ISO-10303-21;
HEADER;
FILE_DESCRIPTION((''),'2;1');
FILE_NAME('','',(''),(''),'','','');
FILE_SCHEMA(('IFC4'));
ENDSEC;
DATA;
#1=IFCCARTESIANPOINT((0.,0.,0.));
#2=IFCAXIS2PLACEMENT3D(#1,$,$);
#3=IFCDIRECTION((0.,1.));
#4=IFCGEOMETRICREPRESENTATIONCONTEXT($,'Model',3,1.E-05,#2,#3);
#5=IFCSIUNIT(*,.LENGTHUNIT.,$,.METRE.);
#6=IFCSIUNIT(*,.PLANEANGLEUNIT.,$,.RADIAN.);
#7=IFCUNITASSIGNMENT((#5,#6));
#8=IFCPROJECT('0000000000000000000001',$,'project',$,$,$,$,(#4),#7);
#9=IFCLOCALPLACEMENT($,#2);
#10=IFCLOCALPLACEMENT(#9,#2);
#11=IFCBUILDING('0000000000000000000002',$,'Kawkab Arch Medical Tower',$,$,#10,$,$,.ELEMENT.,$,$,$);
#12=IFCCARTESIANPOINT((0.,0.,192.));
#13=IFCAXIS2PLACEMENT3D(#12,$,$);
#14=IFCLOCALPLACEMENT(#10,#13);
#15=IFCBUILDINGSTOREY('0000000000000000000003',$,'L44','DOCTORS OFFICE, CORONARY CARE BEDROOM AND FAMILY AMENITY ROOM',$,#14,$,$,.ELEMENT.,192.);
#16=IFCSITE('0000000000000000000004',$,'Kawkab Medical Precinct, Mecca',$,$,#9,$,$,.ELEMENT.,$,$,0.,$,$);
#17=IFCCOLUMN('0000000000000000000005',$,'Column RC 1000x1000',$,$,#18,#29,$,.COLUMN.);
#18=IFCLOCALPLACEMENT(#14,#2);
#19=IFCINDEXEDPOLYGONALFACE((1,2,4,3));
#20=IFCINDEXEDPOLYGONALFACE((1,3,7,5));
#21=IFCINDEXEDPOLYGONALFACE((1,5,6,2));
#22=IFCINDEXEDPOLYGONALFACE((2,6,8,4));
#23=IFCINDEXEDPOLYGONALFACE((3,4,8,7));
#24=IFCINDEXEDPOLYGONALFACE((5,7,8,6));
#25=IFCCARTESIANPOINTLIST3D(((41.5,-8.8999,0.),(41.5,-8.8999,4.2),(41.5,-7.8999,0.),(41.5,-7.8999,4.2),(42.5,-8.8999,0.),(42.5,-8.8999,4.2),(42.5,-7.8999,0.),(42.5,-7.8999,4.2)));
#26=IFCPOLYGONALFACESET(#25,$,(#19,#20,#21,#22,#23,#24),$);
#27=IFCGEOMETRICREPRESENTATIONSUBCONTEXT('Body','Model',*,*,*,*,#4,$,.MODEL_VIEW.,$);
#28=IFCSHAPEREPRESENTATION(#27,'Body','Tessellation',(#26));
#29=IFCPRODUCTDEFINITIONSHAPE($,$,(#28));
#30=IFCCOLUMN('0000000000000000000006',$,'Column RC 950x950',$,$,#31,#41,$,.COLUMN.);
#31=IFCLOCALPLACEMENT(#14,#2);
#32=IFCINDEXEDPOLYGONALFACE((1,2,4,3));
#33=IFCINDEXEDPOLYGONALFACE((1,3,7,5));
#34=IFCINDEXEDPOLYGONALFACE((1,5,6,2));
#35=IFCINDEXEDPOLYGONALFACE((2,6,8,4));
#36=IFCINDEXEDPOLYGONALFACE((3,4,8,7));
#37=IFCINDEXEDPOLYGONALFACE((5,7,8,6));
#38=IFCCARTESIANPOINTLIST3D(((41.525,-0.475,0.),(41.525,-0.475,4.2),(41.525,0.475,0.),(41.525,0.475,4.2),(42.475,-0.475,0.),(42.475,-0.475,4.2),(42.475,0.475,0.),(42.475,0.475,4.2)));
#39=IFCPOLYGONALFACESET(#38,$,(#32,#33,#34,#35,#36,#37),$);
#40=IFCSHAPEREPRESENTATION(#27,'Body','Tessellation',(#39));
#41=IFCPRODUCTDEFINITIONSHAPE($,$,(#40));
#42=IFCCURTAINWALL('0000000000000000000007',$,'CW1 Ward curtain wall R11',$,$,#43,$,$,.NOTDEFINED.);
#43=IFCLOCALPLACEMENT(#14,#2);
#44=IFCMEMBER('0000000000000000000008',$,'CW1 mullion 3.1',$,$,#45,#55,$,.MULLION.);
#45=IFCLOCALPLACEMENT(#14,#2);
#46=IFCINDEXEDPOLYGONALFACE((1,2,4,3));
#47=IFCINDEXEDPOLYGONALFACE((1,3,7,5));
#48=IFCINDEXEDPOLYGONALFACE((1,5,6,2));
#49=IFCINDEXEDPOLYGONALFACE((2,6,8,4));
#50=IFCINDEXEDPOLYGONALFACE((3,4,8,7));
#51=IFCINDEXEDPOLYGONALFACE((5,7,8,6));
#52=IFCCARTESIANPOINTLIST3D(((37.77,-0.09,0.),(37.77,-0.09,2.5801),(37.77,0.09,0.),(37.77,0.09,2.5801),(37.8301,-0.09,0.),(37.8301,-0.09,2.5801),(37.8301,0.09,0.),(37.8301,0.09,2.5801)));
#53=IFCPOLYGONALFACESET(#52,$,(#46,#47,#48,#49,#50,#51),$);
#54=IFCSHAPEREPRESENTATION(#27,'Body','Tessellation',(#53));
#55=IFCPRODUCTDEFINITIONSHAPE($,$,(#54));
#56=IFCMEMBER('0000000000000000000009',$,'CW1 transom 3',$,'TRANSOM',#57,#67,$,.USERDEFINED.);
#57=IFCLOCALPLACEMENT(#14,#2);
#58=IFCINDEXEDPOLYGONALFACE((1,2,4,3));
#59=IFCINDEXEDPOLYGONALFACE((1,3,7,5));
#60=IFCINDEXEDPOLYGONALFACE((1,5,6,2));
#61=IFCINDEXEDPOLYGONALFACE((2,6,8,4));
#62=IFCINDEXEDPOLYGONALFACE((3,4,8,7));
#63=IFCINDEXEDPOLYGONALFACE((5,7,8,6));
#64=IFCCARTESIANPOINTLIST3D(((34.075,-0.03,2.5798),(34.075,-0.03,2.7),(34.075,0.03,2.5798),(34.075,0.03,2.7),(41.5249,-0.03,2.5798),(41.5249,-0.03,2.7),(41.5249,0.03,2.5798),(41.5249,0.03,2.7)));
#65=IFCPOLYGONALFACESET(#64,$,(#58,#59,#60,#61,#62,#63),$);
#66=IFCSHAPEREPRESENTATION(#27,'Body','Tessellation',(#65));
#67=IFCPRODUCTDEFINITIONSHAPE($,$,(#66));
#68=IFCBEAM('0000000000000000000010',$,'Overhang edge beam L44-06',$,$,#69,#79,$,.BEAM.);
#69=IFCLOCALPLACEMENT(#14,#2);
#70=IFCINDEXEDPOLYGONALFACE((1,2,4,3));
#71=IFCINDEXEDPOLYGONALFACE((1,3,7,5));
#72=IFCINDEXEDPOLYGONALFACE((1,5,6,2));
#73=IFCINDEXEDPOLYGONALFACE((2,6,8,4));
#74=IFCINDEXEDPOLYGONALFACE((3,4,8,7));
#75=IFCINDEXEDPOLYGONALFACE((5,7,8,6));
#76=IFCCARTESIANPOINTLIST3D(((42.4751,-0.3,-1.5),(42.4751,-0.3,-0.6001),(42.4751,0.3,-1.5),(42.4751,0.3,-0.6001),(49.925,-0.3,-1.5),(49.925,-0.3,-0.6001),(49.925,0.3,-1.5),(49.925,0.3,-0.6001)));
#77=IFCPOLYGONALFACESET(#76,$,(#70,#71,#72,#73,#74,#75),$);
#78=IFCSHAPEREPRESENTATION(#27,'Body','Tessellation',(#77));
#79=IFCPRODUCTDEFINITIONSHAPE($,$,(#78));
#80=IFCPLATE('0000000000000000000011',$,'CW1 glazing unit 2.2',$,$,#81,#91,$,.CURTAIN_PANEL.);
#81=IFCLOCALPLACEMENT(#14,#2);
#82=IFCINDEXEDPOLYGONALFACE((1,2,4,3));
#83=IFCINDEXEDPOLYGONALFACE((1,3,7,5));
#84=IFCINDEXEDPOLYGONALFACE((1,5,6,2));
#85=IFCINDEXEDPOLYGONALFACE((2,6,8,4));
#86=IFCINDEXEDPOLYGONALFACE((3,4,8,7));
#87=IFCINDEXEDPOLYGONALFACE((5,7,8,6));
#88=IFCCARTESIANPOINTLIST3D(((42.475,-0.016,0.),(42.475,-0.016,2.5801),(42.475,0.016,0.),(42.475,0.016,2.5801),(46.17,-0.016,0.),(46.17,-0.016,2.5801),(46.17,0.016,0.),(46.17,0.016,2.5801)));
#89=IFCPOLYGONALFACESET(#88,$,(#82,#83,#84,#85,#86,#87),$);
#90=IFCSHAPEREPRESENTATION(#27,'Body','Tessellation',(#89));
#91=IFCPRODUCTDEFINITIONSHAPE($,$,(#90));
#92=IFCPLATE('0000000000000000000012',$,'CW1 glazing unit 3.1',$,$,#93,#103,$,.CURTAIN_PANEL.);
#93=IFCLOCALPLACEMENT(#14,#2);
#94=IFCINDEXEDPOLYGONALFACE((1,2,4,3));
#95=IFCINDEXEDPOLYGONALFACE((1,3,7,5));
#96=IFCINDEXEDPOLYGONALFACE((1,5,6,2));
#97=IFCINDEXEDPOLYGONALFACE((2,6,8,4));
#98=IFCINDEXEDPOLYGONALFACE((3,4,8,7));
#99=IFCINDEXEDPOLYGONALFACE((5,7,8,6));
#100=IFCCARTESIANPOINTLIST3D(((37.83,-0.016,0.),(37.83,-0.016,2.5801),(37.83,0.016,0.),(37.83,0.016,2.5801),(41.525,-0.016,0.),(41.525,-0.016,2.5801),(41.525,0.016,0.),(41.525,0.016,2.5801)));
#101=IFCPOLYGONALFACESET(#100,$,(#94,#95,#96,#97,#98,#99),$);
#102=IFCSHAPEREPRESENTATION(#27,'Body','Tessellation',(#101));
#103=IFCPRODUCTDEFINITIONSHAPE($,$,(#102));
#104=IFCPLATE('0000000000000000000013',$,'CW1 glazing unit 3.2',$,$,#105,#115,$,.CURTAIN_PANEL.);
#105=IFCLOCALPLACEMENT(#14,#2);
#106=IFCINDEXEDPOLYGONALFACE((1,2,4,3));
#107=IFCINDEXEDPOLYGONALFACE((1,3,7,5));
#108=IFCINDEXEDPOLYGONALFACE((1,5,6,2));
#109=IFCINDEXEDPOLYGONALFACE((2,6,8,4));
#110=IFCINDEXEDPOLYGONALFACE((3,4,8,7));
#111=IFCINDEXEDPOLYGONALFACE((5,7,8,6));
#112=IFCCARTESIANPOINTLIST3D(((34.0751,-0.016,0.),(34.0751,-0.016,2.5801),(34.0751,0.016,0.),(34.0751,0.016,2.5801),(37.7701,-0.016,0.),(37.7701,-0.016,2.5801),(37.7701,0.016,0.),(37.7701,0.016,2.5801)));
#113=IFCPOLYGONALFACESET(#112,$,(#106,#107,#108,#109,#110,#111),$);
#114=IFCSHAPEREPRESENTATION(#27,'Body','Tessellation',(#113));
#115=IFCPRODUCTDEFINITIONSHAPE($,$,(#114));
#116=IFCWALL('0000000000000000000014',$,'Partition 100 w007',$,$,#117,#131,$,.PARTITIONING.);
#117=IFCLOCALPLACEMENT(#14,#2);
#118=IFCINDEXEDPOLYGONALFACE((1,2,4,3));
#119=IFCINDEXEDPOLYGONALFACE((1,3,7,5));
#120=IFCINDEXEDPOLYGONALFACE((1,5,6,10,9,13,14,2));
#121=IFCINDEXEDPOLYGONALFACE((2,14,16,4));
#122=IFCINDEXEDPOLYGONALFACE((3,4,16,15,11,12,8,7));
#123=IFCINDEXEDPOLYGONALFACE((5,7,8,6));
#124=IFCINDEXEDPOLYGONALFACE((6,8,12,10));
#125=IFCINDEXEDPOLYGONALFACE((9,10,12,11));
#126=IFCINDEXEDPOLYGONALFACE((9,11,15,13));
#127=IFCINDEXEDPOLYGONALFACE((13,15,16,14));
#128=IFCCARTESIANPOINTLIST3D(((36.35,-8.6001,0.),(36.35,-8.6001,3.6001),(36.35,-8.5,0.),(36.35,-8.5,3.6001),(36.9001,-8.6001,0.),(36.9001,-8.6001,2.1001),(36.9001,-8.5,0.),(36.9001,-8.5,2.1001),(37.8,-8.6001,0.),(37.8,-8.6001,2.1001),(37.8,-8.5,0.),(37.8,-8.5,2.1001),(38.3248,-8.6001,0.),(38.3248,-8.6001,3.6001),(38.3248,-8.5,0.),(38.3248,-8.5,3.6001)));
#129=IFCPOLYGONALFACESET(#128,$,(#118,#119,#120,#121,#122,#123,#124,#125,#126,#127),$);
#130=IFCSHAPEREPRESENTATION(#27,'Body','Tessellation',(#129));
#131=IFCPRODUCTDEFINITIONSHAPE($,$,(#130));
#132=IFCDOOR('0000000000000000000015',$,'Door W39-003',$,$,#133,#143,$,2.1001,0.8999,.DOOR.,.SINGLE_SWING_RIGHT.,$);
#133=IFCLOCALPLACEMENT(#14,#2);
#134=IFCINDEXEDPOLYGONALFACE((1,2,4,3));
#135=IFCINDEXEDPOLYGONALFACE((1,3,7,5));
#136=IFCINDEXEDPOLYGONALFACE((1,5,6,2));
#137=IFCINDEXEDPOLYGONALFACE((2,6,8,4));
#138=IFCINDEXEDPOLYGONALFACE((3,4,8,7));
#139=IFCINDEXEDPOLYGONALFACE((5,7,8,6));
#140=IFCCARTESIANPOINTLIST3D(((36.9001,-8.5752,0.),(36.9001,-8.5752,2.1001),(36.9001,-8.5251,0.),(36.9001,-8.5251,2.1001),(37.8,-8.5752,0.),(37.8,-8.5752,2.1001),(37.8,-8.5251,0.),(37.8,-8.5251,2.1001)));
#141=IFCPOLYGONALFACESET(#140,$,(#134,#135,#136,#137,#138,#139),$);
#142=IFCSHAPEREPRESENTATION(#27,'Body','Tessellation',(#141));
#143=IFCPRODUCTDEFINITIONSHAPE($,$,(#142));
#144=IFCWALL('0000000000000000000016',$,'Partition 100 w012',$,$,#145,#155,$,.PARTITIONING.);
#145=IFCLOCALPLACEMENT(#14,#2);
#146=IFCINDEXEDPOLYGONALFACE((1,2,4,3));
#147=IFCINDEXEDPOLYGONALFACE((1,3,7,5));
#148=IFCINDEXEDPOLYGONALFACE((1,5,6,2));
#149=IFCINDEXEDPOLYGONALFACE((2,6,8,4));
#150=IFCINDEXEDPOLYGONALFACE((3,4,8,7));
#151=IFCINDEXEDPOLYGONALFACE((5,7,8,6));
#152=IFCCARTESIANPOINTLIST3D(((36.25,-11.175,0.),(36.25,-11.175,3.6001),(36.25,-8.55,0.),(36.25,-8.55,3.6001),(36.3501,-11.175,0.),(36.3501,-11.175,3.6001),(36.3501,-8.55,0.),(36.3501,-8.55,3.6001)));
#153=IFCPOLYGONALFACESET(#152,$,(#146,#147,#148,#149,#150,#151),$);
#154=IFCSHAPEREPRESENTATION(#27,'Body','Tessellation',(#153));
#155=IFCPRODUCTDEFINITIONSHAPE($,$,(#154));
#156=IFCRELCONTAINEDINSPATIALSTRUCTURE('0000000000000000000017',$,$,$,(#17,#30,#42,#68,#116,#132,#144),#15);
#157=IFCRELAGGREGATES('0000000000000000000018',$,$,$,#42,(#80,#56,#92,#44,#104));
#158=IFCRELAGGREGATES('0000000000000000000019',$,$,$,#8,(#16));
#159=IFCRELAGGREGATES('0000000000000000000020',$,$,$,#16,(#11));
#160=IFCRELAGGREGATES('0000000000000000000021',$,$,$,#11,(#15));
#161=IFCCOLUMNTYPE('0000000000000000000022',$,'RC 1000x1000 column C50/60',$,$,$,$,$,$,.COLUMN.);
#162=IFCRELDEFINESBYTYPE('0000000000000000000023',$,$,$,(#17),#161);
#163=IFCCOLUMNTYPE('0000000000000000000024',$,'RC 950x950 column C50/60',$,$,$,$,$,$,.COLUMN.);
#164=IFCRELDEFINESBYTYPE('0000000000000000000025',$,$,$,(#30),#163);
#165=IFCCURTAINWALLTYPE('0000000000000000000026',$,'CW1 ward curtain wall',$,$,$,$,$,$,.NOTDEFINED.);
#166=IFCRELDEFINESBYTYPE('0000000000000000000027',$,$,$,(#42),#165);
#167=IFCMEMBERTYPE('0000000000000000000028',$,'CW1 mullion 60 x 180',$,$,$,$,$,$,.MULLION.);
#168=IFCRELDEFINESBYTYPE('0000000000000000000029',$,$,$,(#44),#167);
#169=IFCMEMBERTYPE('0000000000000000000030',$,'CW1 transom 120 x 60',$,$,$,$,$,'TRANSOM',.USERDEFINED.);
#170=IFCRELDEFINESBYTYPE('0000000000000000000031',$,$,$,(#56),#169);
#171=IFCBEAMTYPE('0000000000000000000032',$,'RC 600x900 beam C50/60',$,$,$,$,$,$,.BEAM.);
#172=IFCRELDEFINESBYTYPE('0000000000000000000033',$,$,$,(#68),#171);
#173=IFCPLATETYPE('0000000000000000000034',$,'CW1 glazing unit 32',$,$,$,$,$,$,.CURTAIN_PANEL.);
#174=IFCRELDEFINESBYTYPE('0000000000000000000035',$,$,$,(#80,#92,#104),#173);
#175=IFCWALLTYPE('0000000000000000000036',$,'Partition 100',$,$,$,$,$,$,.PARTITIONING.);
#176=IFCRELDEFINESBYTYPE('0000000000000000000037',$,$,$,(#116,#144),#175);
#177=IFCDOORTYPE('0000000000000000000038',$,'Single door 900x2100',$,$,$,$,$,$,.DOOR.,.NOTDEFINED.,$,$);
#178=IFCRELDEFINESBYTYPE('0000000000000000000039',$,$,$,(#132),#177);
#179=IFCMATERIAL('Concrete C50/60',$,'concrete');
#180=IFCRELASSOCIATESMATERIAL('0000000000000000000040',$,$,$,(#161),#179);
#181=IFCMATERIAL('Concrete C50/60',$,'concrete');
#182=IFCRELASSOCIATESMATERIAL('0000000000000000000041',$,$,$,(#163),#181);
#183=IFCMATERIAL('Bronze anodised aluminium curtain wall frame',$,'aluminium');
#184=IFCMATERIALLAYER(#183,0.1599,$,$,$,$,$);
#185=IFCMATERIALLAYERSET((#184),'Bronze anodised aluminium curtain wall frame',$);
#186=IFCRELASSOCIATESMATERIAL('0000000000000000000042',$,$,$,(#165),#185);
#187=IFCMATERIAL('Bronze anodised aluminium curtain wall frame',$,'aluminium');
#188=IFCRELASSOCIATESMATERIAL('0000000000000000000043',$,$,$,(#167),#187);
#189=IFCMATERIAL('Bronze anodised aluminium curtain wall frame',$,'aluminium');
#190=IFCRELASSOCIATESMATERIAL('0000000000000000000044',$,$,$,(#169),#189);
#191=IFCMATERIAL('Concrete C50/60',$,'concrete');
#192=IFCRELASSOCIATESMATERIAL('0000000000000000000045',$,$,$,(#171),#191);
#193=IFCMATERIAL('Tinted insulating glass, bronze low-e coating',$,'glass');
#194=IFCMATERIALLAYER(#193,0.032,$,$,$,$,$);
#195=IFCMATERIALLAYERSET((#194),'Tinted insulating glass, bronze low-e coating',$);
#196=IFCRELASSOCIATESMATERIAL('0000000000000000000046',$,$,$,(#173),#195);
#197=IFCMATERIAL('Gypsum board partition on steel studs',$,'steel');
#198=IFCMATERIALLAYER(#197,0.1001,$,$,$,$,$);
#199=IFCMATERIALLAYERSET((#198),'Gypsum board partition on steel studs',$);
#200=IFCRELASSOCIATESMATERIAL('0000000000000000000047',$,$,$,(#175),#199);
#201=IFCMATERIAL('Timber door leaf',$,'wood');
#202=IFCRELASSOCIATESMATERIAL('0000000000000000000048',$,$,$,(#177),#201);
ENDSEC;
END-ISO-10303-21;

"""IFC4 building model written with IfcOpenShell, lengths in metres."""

from ifc_helpers import new_model, si_unit, direction, frame, frame_2d, origin, origin_2d, place, context, subcontext, project, spatial, rectangle, extrude, material, layer, layer_set, material_profile, profile_set, type_object, element, fill, aggregate, save


model = new_model("IFC4")

# Units and contexts
model_context = context("Model", 3, precision=1e-05, world=origin(), true_north=direction((0.0, 1.0)))
body_context = subcontext(model_context, "Body", "Model", "MODEL_VIEW")
ifc_project = project(units=[si_unit("LENGTHUNIT", "METRE"), si_unit("PLANEANGLEUNIT", "RADIAN")], contexts=[model_context])

# Site, building, storey
site_placement = place(None, origin())
site = spatial("IfcSite", under=ifc_project, at=site_placement, Name="Kawkab Medical Precinct, Mecca", CompositionType="ELEMENT", RefElevation=0.0)
building_placement = place(site_placement, origin())
building = spatial("IfcBuilding", under=site, at=building_placement, Name="Kawkab Arch Medical Tower", CompositionType="ELEMENT")
storey_placement = place(building_placement, frame((0.0, 0.0, 192.0)))
storey = spatial("IfcBuildingStorey", under=building, at=storey_placement, Name="L44", Description="DOCTORS OFFICE, CORONARY CARE BEDROOM AND FAMILY AMENITY ROOM", CompositionType="ELEMENT", Elevation=192.0)

# Columns
ifc_material_1 = material(Name="Concrete C50/60", Category="concrete")
ifc_material_profile_1 = material_profile(ifc_material_1, rectangle(XDim=1.0, YDim=1.0, at=origin_2d()), Name="RC 1000x1000")
ifc_profile_set_1 = profile_set([ifc_material_profile_1], Name="Concrete C50/60")
column_type_1 = type_object("IfcColumnType", Name="RC 1000x1000 column C50/60", PredefinedType="COLUMN", material=ifc_profile_set_1)
column_1_placement = place(storey_placement, frame((42.0, -8.3999, 0.0), z_axis=(0.0, 0.0, 1.0), x_axis=(1.0, 0.0, 0.0)))
element("IfcColumn", 1, at=column_1_placement, inside=storey, type_object=column_type_1, Name="Column RC 1000x1000", PredefinedType="COLUMN", context=body_context, shape_type="SweptSolid", body=[
    extrude(rectangle(XDim=1.0, YDim=1.0, at=origin_2d()), origin(), (0.0, 0.0, 1.0), 4.2),
])
ifc_material_2 = material(Name="Concrete C50/60", Category="concrete")
ifc_material_profile_2 = material_profile(ifc_material_2, rectangle(XDim=0.95, YDim=0.95, at=origin_2d()), Name="RC 950x950")
ifc_profile_set_2 = profile_set([ifc_material_profile_2], Name="Concrete C50/60")
column_type_2 = type_object("IfcColumnType", Name="RC 950x950 column C50/60", PredefinedType="COLUMN", material=ifc_profile_set_2)
column_2_placement = place(storey_placement, frame((42.0, 0.0, 0.0), z_axis=(0.0, 0.0, 1.0), x_axis=(1.0, 0.0, 0.0)))
element("IfcColumn", 2, at=column_2_placement, inside=storey, type_object=column_type_2, Name="Column RC 950x950", PredefinedType="COLUMN", context=body_context, shape_type="SweptSolid", body=[
    extrude(rectangle(XDim=0.95, YDim=0.95, at=origin_2d()), origin(), (0.0, 0.0, 1.0), 4.2),
])

# Curtain wall, members
ifc_material_3 = material(Name="Bronze anodised aluminium curtain wall frame", Category="aluminium")
ifc_layer_1 = layer(ifc_material_3, 0.1599)
ifc_layer_set_1 = layer_set([ifc_layer_1], Name="Bronze anodised aluminium curtain wall frame")
curtain_wall_type = type_object("IfcCurtainWallType", Name="CW1 ward curtain wall", PredefinedType="NOTDEFINED", material=ifc_layer_set_1)
placement = place(storey_placement, origin())
curtain_wall = element("IfcCurtainWall", 3, at=placement, inside=storey, type_object=curtain_wall_type, Name="CW1 Ward curtain wall R11", PredefinedType="NOTDEFINED")
ifc_material_4 = material(Name="Bronze anodised aluminium curtain wall frame", Category="aluminium")
ifc_material_profile_3 = material_profile(ifc_material_4, rectangle(XDim=0.1799, YDim=0.0601, at=origin_2d()), Name="AL 60x180")
ifc_profile_set_3 = profile_set([ifc_material_profile_3], Name="Bronze anodised aluminium curtain wall frame")
member_type_1 = type_object("IfcMemberType", Name="CW1 mullion 60 x 180", PredefinedType="MULLION", material=ifc_profile_set_3)
member_1_placement = place(storey_placement, frame((37.8, 0.0, 0.0), z_axis=(0.0, 0.0, 1.0), x_axis=(0.0, -1.0, 0.0)))
member_1 = element("IfcMember", 4, at=member_1_placement, type_object=member_type_1, Name="CW1 mullion 3.1", PredefinedType="MULLION", context=body_context, shape_type="SweptSolid", body=[
    extrude(rectangle(XDim=0.1799, YDim=0.0601, at=origin_2d()), origin(), (0.0, 0.0, 1.0), 2.5801),
])
ifc_material_5 = material(Name="Bronze anodised aluminium curtain wall frame", Category="aluminium")
ifc_material_profile_4 = material_profile(ifc_material_5, rectangle(XDim=0.0601, YDim=0.1201, at=origin_2d()), Name="AL 60x120")
ifc_profile_set_4 = profile_set([ifc_material_profile_4], Name="Bronze anodised aluminium curtain wall frame")
member_type_2 = type_object("IfcMemberType", Name="CW1 transom 120 x 60", ElementType="TRANSOM", PredefinedType="USERDEFINED", material=ifc_profile_set_4)
member_2_placement = place(storey_placement, frame((41.5249, 0.0, 2.6399), z_axis=(-1.0, 0.0, 0.0), x_axis=(0.0, -1.0, 0.0)))
member_2 = element("IfcMember", 5, at=member_2_placement, type_object=member_type_2, Name="CW1 transom 3", ObjectType="TRANSOM", PredefinedType="USERDEFINED", context=body_context, shape_type="SweptSolid", body=[
    extrude(rectangle(XDim=0.0601, YDim=0.1201, at=origin_2d()), origin(), (0.0, 0.0, 1.0), 7.45),
])

# Beam
ifc_material_6 = material(Name="Concrete C50/60", Category="concrete")
ifc_material_profile_5 = material_profile(ifc_material_6, rectangle(XDim=0.6001, YDim=0.8999, at=origin_2d()), Name="RC 600x900")
ifc_profile_set_5 = profile_set([ifc_material_profile_5], Name="Concrete C50/60")
beam_type = type_object("IfcBeamType", Name="RC 600x900 beam C50/60", PredefinedType="BEAM", material=ifc_profile_set_5)
beam_placement = place(storey_placement, frame((42.4751, 0.0, -1.05), z_axis=(1.0, 0.0, 0.0), x_axis=(0.0, 1.0, 0.0)))
element("IfcBeam", 6, at=beam_placement, inside=storey, type_object=beam_type, Name="Overhang edge beam L44-06", PredefinedType="BEAM", context=body_context, shape_type="SweptSolid", body=[
    extrude(rectangle(XDim=0.6001, YDim=0.8999, at=origin_2d()), origin(), (0.0, 0.0, 1.0), 7.45),
])

# Plates
ifc_material_7 = material(Name="Tinted insulating glass, bronze low-e coating", Category="glass")
ifc_layer_2 = layer(ifc_material_7, 0.032)
ifc_layer_set_2 = layer_set([ifc_layer_2], Name="Tinted insulating glass, bronze low-e coating")
plate_type = type_object("IfcPlateType", Name="CW1 glazing unit 32", PredefinedType="CURTAIN_PANEL", material=ifc_layer_set_2)
plate_1_placement = place(storey_placement, frame((44.3225, 0.0, 0.0), z_axis=(0.0, 0.0, 1.0), x_axis=(-1.0, 0.0, 0.0)))
plate_1 = element("IfcPlate", 7, at=plate_1_placement, type_object=plate_type, Name="CW1 glazing unit 2.2", PredefinedType="CURTAIN_PANEL", context=body_context, shape_type="SweptSolid", body=[
    extrude(rectangle(XDim=3.6951, YDim=0.032, at=origin_2d()), origin(), (0.0, 0.0, 1.0), 2.5801),
])
plate_2_placement = place(storey_placement, frame((39.6775, 0.0, 0.0), z_axis=(0.0, 0.0, 1.0), x_axis=(-1.0, 0.0, 0.0)))
plate_2 = element("IfcPlate", 8, at=plate_2_placement, type_object=plate_type, Name="CW1 glazing unit 3.1", PredefinedType="CURTAIN_PANEL", context=body_context, shape_type="SweptSolid", body=[
    extrude(rectangle(XDim=3.6951, YDim=0.032, at=origin_2d()), origin(), (0.0, 0.0, 1.0), 2.5801),
])
plate_3_placement = place(storey_placement, frame((35.9226, 0.0, 0.0), z_axis=(0.0, 0.0, 1.0), x_axis=(-1.0, 0.0, 0.0)))
plate_3 = element("IfcPlate", 9, at=plate_3_placement, type_object=plate_type, Name="CW1 glazing unit 3.2", PredefinedType="CURTAIN_PANEL", context=body_context, shape_type="SweptSolid", body=[
    extrude(rectangle(XDim=3.6951, YDim=0.032, at=origin_2d()), origin(), (0.0, 0.0, 1.0), 2.5801),
])
aggregate(curtain_wall, [plate_1, member_2, plate_2, member_1, plate_3])

# Wall, opening, door
ifc_material_8 = material(Name="Gypsum board partition on steel studs", Category="steel")
ifc_layer_3 = layer(ifc_material_8, 0.1001)
ifc_layer_set_3 = layer_set([ifc_layer_3], Name="Gypsum board partition on steel studs")
wall_type_1 = type_object("IfcWallType", Name="Partition 100", PredefinedType="PARTITIONING", material=ifc_layer_set_3)
wall_1_placement = place(storey_placement, frame((36.3501, -8.55, 0.0), z_axis=(0.0, 0.0, 1.0), x_axis=(1.0, 0.0, 0.0)))
wall_1 = element("IfcWall", 10, at=wall_1_placement, inside=storey, type_object=wall_type_1, Name="Partition 100 w007", PredefinedType="PARTITIONING", context=body_context, shape_type="SweptSolid", body=[
    extrude(rectangle(XDim=1.9749, YDim=0.1001, at=frame_2d((0.9873, 0.0))), origin(), (0.0, 0.0, 1.0), 3.6001),
])
opening_1_placement = place(wall_1_placement, frame((0.55, 0.0, 0.0)))
opening_1 = element("IfcOpeningElement", 11, at=opening_1_placement, cuts=wall_1, PredefinedType="OPENING", context=body_context, shape_type="SweptSolid", body=[
    extrude(rectangle(XDim=0.8999, YDim=2.1001, at=frame_2d((0.45, 1.05))), frame((0.0, 0.0601, 0.0), z_axis=(0.0, -1.0, 0.0), x_axis=(1.0, 0.0, 0.0)), (0.0, 0.0, 1.0), 0.1201),
])
ifc_material_9 = material(Name="Timber door leaf", Category="wood")
door_type_1 = type_object("IfcDoorType", Name="Single door 900x2100", OperationType="NOTDEFINED", PredefinedType="DOOR", material=ifc_material_9)
door_1_placement = place(opening_1_placement, origin())
door_1 = element("IfcDoor", 12, at=door_1_placement, inside=storey, type_object=door_type_1, Name="Door W39-003", OperationType="SINGLE_SWING_RIGHT", OverallHeight=2.1001, OverallWidth=0.8999, PredefinedType="DOOR", context=body_context, shape_type="SweptSolid", body=[
    extrude(rectangle(XDim=0.8999, YDim=2.1001, at=frame_2d((0.45, 1.05))), frame((0.0, 0.0249, 0.0), z_axis=(0.0, -1.0, 0.0), x_axis=(1.0, 0.0, 0.0)), (0.0, 0.0, 1.0), 0.05),
])
fill(opening_1, door_1)

# Wall
wall_2_placement = place(storey_placement, frame((36.3, -11.175, 0.0), z_axis=(0.0, 0.0, 1.0), x_axis=(0.0, 1.0, 0.0)))
element("IfcWall", 13, at=wall_2_placement, inside=storey, type_object=wall_type_1, Name="Partition 100 w012", PredefinedType="PARTITIONING", context=body_context, shape_type="SweptSolid", body=[
    extrude(rectangle(XDim=2.625, YDim=0.1001, at=frame_2d((1.3125, 0.0))), origin(), (0.0, 0.0, 1.0), 3.6001),
])

save(model, "model.ifc")
